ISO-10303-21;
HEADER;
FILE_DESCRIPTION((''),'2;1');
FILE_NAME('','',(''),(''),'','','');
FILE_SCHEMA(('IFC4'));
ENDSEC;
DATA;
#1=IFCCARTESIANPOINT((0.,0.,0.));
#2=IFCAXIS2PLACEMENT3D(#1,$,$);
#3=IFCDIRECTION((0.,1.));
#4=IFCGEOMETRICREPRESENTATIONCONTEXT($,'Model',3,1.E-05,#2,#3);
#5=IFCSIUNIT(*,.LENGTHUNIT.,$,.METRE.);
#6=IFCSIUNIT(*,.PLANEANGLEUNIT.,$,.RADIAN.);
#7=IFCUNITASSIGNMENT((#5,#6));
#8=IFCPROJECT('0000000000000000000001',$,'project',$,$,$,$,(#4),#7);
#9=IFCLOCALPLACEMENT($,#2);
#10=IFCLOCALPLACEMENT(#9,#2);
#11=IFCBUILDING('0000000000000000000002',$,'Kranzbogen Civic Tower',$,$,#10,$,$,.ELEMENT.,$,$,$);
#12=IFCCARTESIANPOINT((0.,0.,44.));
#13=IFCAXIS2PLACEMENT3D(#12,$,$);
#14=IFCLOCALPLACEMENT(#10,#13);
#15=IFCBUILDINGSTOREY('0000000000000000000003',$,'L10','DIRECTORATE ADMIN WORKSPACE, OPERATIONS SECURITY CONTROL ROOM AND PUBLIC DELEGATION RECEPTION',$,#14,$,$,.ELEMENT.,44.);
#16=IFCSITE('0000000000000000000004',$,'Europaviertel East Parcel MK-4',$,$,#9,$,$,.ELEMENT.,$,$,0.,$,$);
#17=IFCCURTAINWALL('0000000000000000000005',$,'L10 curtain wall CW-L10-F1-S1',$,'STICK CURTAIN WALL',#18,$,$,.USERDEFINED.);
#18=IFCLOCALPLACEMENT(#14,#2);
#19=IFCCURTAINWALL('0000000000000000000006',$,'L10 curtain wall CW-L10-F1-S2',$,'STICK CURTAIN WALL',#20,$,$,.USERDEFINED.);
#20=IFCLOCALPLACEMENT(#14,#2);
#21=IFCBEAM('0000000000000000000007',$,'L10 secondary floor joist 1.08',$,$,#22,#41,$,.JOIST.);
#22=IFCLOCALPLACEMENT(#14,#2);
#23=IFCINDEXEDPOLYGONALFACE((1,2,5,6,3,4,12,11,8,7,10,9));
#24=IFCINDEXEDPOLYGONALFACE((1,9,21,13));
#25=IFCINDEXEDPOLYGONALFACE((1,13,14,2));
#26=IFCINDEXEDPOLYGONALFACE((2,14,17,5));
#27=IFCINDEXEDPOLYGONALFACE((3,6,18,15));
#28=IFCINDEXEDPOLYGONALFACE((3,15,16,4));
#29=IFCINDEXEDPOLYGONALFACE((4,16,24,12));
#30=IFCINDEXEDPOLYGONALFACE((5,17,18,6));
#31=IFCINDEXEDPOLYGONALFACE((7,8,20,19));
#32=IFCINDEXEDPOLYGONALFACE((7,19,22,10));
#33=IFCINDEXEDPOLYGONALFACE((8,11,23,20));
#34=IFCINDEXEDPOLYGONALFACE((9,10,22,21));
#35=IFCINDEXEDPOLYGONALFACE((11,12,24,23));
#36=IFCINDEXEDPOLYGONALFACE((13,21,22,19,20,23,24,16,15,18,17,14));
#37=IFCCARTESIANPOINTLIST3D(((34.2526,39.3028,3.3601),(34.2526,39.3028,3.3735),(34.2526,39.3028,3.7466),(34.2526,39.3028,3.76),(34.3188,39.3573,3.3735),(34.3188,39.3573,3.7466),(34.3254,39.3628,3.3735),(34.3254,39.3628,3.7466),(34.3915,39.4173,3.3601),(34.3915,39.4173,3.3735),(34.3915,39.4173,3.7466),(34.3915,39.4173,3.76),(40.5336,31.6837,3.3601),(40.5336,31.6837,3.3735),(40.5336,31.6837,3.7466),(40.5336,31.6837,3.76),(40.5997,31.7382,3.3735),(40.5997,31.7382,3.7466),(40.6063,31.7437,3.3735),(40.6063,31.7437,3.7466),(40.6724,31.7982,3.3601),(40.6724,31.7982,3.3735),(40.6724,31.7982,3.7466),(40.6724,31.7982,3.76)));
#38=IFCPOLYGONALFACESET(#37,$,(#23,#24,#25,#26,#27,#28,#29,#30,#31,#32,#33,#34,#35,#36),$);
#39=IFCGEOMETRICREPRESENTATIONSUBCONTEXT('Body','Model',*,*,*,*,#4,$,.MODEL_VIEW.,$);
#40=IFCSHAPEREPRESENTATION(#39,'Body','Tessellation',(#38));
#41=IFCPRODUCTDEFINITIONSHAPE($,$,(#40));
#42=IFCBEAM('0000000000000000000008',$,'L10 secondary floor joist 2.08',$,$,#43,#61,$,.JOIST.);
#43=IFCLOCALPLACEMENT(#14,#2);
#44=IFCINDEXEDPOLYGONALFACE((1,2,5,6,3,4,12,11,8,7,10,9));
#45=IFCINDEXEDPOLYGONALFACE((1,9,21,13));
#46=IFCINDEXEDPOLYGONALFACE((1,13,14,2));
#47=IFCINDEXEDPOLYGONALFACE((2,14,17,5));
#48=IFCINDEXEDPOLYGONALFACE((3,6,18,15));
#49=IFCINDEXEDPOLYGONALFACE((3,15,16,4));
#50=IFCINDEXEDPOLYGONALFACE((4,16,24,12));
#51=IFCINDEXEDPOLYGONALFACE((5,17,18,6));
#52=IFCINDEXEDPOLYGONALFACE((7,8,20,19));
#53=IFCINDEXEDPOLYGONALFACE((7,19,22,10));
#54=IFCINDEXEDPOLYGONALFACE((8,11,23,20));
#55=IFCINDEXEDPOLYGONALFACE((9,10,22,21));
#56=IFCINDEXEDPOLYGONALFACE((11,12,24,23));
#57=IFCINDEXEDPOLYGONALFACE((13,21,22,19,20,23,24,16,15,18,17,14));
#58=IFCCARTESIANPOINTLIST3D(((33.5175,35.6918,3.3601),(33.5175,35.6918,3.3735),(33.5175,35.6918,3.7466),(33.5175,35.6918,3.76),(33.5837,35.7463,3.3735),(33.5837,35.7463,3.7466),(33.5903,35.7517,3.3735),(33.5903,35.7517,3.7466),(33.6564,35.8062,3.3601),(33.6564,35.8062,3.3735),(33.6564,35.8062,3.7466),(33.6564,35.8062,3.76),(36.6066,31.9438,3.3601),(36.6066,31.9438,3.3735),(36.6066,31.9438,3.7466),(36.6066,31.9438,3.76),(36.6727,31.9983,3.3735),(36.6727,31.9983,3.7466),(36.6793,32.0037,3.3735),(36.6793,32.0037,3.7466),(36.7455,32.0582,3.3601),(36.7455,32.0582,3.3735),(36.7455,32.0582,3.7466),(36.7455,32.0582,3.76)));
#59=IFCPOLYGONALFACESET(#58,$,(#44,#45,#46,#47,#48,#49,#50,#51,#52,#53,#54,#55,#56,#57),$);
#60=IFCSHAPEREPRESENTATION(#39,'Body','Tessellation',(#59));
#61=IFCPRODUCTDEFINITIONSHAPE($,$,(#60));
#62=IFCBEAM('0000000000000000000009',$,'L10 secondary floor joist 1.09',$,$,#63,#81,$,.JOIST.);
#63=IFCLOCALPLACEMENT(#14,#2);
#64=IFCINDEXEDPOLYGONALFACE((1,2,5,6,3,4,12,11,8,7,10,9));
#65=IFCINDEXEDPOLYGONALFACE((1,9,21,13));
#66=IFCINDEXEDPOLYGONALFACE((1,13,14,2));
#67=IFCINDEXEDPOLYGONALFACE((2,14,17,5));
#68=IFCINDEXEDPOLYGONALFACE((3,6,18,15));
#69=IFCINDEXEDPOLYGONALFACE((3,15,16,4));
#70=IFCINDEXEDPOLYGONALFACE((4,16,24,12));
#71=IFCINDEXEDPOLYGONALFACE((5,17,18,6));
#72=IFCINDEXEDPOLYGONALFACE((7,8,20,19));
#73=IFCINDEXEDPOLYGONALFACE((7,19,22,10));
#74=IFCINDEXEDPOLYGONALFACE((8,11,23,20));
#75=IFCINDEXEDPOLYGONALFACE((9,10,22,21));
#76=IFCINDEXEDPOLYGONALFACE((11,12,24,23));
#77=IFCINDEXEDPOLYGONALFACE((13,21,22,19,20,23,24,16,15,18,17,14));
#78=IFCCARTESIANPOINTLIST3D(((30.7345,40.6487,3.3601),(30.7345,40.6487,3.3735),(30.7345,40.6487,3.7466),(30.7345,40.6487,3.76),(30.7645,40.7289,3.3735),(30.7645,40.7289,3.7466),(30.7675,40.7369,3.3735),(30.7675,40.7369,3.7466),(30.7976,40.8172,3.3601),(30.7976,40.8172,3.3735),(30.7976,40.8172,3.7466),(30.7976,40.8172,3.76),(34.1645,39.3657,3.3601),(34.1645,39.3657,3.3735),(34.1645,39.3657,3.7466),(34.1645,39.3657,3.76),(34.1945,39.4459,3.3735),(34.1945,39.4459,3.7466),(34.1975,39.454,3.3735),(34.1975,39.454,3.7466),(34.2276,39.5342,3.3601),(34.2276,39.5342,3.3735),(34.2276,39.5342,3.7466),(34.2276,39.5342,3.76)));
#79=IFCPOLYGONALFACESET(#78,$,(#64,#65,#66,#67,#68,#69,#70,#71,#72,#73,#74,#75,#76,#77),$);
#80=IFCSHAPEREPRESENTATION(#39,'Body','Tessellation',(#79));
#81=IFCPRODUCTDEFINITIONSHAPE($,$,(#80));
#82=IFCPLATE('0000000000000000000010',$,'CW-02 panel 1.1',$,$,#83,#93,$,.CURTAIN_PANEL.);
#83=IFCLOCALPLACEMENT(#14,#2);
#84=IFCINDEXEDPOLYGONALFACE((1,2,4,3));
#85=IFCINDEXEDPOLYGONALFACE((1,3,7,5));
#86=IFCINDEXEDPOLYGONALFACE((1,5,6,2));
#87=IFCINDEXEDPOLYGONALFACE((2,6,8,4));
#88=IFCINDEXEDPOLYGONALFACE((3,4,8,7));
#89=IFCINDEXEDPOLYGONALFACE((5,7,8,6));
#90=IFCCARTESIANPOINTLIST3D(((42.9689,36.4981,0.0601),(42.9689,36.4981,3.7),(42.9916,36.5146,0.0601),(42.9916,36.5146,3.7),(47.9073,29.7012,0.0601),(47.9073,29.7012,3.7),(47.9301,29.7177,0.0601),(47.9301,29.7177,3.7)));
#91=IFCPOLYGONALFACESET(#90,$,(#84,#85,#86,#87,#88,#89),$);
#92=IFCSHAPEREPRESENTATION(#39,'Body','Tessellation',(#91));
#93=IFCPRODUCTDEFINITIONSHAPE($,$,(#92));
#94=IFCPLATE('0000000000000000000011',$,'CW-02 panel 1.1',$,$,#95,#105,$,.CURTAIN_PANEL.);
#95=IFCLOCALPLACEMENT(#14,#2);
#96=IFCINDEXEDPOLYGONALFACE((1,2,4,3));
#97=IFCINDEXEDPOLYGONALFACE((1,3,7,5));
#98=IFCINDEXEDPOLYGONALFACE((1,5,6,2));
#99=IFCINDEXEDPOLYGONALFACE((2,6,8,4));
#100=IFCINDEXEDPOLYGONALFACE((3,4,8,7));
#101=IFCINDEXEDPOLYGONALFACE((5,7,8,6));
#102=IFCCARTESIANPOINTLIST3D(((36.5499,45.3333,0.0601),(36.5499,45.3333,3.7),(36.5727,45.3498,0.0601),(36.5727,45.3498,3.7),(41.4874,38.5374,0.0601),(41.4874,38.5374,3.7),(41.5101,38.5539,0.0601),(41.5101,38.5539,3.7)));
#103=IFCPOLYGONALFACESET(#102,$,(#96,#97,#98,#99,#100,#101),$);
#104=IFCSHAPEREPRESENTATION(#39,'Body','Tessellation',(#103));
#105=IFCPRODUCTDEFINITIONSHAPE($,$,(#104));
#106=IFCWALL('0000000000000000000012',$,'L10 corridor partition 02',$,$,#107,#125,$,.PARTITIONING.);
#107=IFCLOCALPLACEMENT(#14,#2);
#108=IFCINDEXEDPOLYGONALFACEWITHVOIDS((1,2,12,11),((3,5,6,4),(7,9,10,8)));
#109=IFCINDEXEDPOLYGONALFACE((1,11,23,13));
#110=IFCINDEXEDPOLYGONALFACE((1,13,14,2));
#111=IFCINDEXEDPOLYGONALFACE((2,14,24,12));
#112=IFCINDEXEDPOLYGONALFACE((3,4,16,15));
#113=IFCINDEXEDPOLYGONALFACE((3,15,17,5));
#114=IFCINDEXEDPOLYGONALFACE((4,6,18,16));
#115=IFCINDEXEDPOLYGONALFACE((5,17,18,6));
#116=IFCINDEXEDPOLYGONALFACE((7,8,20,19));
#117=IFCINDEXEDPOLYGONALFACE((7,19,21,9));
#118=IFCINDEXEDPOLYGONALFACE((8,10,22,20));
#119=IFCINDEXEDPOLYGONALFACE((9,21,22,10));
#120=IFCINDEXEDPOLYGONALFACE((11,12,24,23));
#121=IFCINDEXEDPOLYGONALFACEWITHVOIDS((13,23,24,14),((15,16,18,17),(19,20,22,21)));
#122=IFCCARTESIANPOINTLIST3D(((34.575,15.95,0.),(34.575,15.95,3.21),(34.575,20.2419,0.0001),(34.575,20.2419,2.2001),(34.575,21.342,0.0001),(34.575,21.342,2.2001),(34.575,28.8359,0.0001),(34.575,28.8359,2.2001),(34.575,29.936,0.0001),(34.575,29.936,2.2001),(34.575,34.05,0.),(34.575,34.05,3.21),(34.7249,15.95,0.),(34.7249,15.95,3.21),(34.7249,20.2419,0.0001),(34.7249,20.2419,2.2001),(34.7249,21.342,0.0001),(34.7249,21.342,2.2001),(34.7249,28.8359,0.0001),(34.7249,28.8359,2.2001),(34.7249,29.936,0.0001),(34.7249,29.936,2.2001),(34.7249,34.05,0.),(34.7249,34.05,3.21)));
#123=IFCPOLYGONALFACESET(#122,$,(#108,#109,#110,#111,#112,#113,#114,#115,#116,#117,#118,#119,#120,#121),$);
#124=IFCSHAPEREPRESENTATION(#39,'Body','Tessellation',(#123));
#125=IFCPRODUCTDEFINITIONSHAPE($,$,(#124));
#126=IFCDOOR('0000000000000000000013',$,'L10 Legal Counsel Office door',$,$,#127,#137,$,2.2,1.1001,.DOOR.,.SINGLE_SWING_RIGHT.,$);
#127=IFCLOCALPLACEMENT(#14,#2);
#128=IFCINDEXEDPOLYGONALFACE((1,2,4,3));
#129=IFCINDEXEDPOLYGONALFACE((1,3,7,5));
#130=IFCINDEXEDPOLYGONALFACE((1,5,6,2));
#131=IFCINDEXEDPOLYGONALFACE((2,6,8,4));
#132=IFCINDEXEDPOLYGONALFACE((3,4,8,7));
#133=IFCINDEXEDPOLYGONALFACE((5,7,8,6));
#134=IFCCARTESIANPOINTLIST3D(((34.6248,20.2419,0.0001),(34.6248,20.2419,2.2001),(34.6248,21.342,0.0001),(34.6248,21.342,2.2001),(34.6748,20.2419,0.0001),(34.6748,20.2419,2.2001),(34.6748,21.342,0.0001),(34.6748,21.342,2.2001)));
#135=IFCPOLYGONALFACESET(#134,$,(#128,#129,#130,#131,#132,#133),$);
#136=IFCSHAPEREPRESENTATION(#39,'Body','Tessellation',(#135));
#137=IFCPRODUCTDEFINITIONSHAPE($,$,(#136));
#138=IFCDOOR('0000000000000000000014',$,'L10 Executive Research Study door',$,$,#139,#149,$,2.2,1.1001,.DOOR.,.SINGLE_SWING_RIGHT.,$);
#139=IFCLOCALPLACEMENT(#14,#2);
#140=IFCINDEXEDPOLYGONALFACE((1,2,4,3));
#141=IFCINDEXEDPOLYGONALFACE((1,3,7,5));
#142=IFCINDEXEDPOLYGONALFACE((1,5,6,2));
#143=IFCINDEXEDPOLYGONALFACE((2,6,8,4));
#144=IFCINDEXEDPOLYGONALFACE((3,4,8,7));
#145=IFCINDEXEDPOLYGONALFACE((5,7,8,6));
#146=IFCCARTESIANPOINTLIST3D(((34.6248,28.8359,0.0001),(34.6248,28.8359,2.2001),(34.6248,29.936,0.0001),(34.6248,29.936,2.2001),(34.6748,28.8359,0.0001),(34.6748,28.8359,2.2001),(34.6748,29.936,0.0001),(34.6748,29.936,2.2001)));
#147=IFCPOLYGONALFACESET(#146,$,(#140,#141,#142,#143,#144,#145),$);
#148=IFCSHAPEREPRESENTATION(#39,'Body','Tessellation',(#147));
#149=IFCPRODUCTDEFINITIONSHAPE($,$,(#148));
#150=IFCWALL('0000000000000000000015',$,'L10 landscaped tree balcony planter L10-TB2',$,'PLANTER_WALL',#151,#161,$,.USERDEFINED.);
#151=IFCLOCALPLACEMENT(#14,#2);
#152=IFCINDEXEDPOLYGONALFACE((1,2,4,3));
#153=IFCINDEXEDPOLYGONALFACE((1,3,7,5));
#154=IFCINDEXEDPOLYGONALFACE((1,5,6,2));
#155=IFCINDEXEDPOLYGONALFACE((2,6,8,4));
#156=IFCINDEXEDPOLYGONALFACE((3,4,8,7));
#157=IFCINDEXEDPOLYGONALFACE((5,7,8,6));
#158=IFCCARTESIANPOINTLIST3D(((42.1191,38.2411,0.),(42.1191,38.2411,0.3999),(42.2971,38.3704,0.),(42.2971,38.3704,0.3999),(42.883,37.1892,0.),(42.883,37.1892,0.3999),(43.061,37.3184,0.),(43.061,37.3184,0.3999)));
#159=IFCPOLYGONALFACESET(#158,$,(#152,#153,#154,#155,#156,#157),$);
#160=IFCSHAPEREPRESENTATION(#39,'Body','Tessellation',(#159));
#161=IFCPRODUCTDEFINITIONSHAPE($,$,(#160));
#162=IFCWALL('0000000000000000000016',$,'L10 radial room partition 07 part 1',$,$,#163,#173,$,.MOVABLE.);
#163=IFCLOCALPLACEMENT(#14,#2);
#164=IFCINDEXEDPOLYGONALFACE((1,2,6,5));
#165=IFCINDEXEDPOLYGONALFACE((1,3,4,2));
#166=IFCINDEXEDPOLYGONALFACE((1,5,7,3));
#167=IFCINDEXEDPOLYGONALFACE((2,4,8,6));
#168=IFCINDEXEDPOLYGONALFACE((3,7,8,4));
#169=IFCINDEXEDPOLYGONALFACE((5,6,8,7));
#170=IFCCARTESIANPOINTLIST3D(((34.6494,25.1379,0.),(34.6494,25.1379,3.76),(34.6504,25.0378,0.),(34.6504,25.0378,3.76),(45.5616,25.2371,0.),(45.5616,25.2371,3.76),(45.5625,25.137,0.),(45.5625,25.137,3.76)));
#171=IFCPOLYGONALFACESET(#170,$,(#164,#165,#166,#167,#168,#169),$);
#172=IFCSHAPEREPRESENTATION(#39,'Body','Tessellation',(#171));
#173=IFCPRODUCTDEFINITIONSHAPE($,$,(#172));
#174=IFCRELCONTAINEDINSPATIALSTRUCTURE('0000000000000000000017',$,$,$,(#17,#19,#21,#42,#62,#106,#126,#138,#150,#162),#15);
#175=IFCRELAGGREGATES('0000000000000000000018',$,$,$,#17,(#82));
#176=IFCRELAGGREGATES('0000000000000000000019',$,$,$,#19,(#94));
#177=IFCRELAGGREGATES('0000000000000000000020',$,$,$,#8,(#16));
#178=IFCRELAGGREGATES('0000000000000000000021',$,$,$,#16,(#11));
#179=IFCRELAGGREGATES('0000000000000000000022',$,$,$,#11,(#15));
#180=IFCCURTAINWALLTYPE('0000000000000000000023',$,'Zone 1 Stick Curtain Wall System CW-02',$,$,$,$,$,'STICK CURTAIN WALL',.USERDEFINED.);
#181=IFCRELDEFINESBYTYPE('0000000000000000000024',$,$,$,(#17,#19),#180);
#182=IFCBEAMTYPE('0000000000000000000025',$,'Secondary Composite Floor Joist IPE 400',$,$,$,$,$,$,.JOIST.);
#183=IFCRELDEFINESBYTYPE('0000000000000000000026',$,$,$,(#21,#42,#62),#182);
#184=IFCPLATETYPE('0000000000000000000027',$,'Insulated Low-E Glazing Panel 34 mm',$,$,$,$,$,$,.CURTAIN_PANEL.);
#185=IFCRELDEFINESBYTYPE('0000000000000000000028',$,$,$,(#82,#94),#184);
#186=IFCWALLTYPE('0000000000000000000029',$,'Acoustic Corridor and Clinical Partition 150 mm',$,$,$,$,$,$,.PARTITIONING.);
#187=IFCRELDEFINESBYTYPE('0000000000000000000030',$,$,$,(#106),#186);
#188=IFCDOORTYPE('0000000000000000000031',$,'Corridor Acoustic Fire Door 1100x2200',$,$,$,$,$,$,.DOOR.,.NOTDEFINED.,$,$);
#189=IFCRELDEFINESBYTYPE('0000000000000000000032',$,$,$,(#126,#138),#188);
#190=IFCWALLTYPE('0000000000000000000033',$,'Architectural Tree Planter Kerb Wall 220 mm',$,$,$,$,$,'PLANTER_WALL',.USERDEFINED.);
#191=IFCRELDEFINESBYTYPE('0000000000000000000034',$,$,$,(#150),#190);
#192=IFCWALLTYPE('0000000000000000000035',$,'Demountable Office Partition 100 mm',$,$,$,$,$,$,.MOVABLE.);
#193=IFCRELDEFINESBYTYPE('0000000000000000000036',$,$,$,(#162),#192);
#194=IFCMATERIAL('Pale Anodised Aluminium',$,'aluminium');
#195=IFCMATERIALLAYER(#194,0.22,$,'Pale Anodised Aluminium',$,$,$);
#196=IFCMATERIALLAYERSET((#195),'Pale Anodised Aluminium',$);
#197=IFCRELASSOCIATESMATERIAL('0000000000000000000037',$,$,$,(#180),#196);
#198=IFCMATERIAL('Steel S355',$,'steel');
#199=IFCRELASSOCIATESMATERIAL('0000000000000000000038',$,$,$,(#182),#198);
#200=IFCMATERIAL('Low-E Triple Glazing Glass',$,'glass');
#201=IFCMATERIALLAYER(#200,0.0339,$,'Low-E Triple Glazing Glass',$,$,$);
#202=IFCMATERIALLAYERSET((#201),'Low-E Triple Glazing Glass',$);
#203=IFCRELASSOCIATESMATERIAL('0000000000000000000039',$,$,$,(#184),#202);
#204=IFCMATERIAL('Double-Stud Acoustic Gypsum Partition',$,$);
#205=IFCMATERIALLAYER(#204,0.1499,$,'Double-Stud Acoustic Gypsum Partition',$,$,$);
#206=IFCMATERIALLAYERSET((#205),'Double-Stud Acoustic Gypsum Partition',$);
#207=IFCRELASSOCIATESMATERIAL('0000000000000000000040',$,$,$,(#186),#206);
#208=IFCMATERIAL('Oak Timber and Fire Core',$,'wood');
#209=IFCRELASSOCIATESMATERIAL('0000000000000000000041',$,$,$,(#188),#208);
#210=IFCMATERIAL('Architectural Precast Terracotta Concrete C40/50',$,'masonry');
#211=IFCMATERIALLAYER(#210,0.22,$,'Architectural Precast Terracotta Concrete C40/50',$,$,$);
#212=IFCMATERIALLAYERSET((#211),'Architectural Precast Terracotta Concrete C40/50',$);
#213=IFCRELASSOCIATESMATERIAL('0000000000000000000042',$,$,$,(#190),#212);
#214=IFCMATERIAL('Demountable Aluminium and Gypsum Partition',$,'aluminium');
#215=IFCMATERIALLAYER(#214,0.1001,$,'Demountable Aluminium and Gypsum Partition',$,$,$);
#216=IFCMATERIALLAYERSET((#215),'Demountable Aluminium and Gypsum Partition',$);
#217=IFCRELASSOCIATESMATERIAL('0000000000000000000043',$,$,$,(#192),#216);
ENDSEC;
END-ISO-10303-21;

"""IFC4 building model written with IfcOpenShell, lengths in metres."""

from ifc_helpers import new_model, si_unit, direction, frame, frame_2d, origin, origin_2d, place, context, subcontext, project, spatial, rectangle, i_section, extrude, material, layer, layer_set, material_profile, profile_set, type_object, element, fill, aggregate, save


model = new_model("IFC4")

# Units and contexts
model_context = context("Model", 3, precision=1e-05, world=origin(), true_north=direction((0.0, 1.0)))
body_context = subcontext(model_context, "Body", "Model", "MODEL_VIEW")
ifc_project = project(units=[si_unit("LENGTHUNIT", "METRE"), si_unit("PLANEANGLEUNIT", "RADIAN")], contexts=[model_context])

# Site, building, storey
site_placement = place(None, origin())
site = spatial("IfcSite", under=ifc_project, at=site_placement, Name="Europaviertel East Parcel MK-4", CompositionType="ELEMENT", RefElevation=0.0)
building_placement = place(site_placement, origin())
building = spatial("IfcBuilding", under=site, at=building_placement, Name="Kranzbogen Civic Tower", CompositionType="ELEMENT")
storey_placement = place(building_placement, frame((0.0, 0.0, 44.0)))
storey = spatial("IfcBuildingStorey", under=building, at=storey_placement, Name="L10", Description="DIRECTORATE ADMIN WORKSPACE, OPERATIONS SECURITY CONTROL ROOM AND PUBLIC DELEGATION RECEPTION", CompositionType="ELEMENT", Elevation=44.0)

# Curtain walls
ifc_material_1 = material(Name="Pale Anodised Aluminium", Category="aluminium")
ifc_layer_1 = layer(ifc_material_1, 0.22, Name="Pale Anodised Aluminium")
ifc_layer_set_1 = layer_set([ifc_layer_1], Name="Pale Anodised Aluminium")
curtain_wall_type = type_object("IfcCurtainWallType", Name="Zone 1 Stick Curtain Wall System CW-02", ElementType="STICK CURTAIN WALL", PredefinedType="USERDEFINED", material=ifc_layer_set_1)
curtain_wall_1_placement = place(storey_placement, origin())
curtain_wall_1 = element("IfcCurtainWall", 1, at=curtain_wall_1_placement, inside=storey, type_object=curtain_wall_type, Name="L10 curtain wall CW-L10-F1-S1", ObjectType="STICK CURTAIN WALL", PredefinedType="USERDEFINED")
curtain_wall_2_placement = place(storey_placement, origin())
curtain_wall_2 = element("IfcCurtainWall", 2, at=curtain_wall_2_placement, inside=storey, type_object=curtain_wall_type, Name="L10 curtain wall CW-L10-F1-S2", ObjectType="STICK CURTAIN WALL", PredefinedType="USERDEFINED")

# Beams
ifc_material_2 = material(Name="Steel S355", Category="steel")
ifc_material_profile_1 = material_profile(ifc_material_2, i_section(OverallWidth=0.1799, OverallDepth=0.3999, WebThickness=0.0085, FlangeThickness=0.0134, at=origin_2d()), Name="IPE 400")
ifc_profile_set_1 = profile_set([ifc_material_profile_1], Name="Steel S355")
beam_type_1 = type_object("IfcBeamType", Name="Secondary Composite Floor Joist IPE 400", PredefinedType="JOIST", material=ifc_profile_set_1)
beam_1_placement = place(storey_placement, frame((40.603, 31.741, 3.5601), z_axis=(-0.636095, 0.771611, 0.0), x_axis=(-0.771611, -0.636095, 0.0)))
element("IfcBeam", 3, at=beam_1_placement, inside=storey, type_object=beam_type_1, Name="L10 secondary floor joist 1.08", PredefinedType="JOIST", context=body_context, shape_type="SweptSolid", body=[
    extrude(i_section(OverallWidth=0.1799, OverallDepth=0.3999, WebThickness=0.0085, FlangeThickness=0.0134, at=origin_2d()), origin(), (0.0, 0.0, 1.0), 9.8743),
])
beam_2_placement = place(storey_placement, frame((36.676, 32.001, 3.5601), z_axis=(-0.636012, 0.771679, 0.0), x_axis=(-0.771679, -0.636012, 0.0)))
element("IfcBeam", 4, at=beam_2_placement, inside=storey, type_object=beam_type_1, Name="L10 secondary floor joist 2.08", PredefinedType="JOIST", context=body_context, shape_type="SweptSolid", body=[
    extrude(i_section(OverallWidth=0.1799, OverallDepth=0.3999, WebThickness=0.0085, FlangeThickness=0.0134, at=origin_2d()), origin(), (0.0, 0.0, 1.0), 4.8569),
])
beam_3_placement = place(storey_placement, frame((34.196, 39.45, 3.5601), z_axis=(-0.936622, 0.350342, 0.0), x_axis=(-0.350342, -0.936622, 0.0)))
element("IfcBeam", 5, at=beam_3_placement, inside=storey, type_object=beam_type_1, Name="L10 secondary floor joist 1.09", PredefinedType="JOIST", context=body_context, shape_type="SweptSolid", body=[
    extrude(i_section(OverallWidth=0.1799, OverallDepth=0.3999, WebThickness=0.0085, FlangeThickness=0.0134, at=origin_2d()), origin(), (0.0, 0.0, 1.0), 3.6621),
])

# Plates
ifc_material_3 = material(Name="Low-E Triple Glazing Glass", Category="glass")
ifc_layer_2 = layer(ifc_material_3, 0.0339, Name="Low-E Triple Glazing Glass")
ifc_layer_set_2 = layer_set([ifc_layer_2], Name="Low-E Triple Glazing Glass")
plate_type = type_object("IfcPlateType", Name="Insulated Low-E Glazing Panel 34 mm", PredefinedType="CURTAIN_PANEL", material=ifc_layer_set_2)
plate_1_placement = place(storey_placement, frame((45.4495, 33.1079, 0.0601), z_axis=(0.0, 0.0, 1.0), x_axis=(-0.587802, 0.809005, 0.0)))
plate_1 = element("IfcPlate", 6, at=plate_1_placement, type_object=plate_type, Name="CW-02 panel 1.1", PredefinedType="CURTAIN_PANEL", context=body_context, shape_type="SweptSolid", body=[
    extrude(rectangle(XDim=8.4016, YDim=0.0281, at=origin_2d()), origin(), (0.0, 0.0, 1.0), 3.6399),
])
aggregate(curtain_wall_1, [plate_1])
plate_2_placement = place(storey_placement, frame((39.03, 41.9436, 0.0601), z_axis=(0.0, 0.0, 1.0), x_axis=(-0.587781, 0.80902, 0.0)))
plate_2 = element("IfcPlate", 7, at=plate_2_placement, type_object=plate_type, Name="CW-02 panel 1.1", PredefinedType="CURTAIN_PANEL", context=body_context, shape_type="SweptSolid", body=[
    extrude(rectangle(XDim=8.4001, YDim=0.0281, at=origin_2d()), origin(), (0.0, 0.0, 1.0), 3.6399),
])
aggregate(curtain_wall_2, [plate_2])

# Wall, openings, doors
ifc_material_4 = material(Name="Double-Stud Acoustic Gypsum Partition")
ifc_layer_3 = layer(ifc_material_4, 0.1499, Name="Double-Stud Acoustic Gypsum Partition")
ifc_layer_set_3 = layer_set([ifc_layer_3], Name="Double-Stud Acoustic Gypsum Partition")
wall_type_1 = type_object("IfcWallType", Name="Acoustic Corridor and Clinical Partition 150 mm", PredefinedType="PARTITIONING", material=ifc_layer_set_3)
wall_1_placement = place(storey_placement, frame((34.6499, 34.05, 0.0), z_axis=(0.0, 0.0, 1.0), x_axis=(0.0, -1.0, 0.0)))
wall_1 = element("IfcWall", 8, at=wall_1_placement, inside=storey, type_object=wall_type_1, Name="L10 corridor partition 02", PredefinedType="PARTITIONING", context=body_context, shape_type="SweptSolid", body=[
    extrude(rectangle(XDim=18.1001, YDim=0.1499, at=frame_2d((9.05, 0.0))), origin(), (0.0, 0.0, 1.0), 3.21),
])
opening_1_placement = place(wall_1_placement, frame((12.708, 0.0, 0.0)))
opening_1 = element("IfcOpeningElement", 9, at=opening_1_placement, cuts=wall_1, PredefinedType="OPENING", context=body_context, shape_type="SweptSolid", body=[
    extrude(rectangle(XDim=1.1001, YDim=2.2, at=frame_2d((0.55, 1.1001))), frame((0.0, 0.085, 0.0), z_axis=(0.0, -1.0, 0.0), x_axis=(1.0, 0.0, 0.0)), (0.0, 0.0, 1.0), 0.1699),
])
opening_2_placement = place(wall_1_placement, frame((4.114, 0.0, 0.0)))
opening_2 = element("IfcOpeningElement", 10, at=opening_2_placement, cuts=wall_1, PredefinedType="OPENING", context=body_context, shape_type="SweptSolid", body=[
    extrude(rectangle(XDim=1.1001, YDim=2.2, at=frame_2d((0.55, 1.1001))), frame((0.0, 0.085, 0.0), z_axis=(0.0, -1.0, 0.0), x_axis=(1.0, 0.0, 0.0)), (0.0, 0.0, 1.0), 0.1699),
])
ifc_material_5 = material(Name="Oak Timber and Fire Core", Category="wood")
door_type_1 = type_object("IfcDoorType", Name="Corridor Acoustic Fire Door 1100x2200", OperationType="NOTDEFINED", PredefinedType="DOOR", material=ifc_material_5)
door_1_placement = place(opening_1_placement, origin())
door_1 = element("IfcDoor", 11, at=door_1_placement, inside=storey, type_object=door_type_1, Name="L10 Legal Counsel Office door", OperationType="SINGLE_SWING_RIGHT", OverallHeight=2.2, OverallWidth=1.1001, PredefinedType="DOOR", context=body_context, shape_type="SweptSolid", body=[
    extrude(rectangle(XDim=1.1001, YDim=2.2, at=frame_2d((0.55, 1.1001))), frame((0.0, 0.0249, 0.0), z_axis=(0.0, -1.0, 0.0), x_axis=(1.0, 0.0, 0.0)), (0.0, 0.0, 1.0), 0.05),
])
fill(opening_1, door_1)
door_2_placement = place(opening_2_placement, origin())
door_2 = element("IfcDoor", 12, at=door_2_placement, inside=storey, type_object=door_type_1, Name="L10 Executive Research Study door", OperationType="SINGLE_SWING_RIGHT", OverallHeight=2.2, OverallWidth=1.1001, PredefinedType="DOOR", context=body_context, shape_type="SweptSolid", body=[
    extrude(rectangle(XDim=1.1001, YDim=2.2, at=frame_2d((0.55, 1.1001))), frame((0.0, 0.0249, 0.0), z_axis=(0.0, -1.0, 0.0), x_axis=(1.0, 0.0, 0.0)), (0.0, 0.0, 1.0), 0.05),
])
fill(opening_2, door_2)

# Walls
ifc_material_6 = material(Name="Architectural Precast Terracotta Concrete C40/50", Category="masonry")
ifc_layer_4 = layer(ifc_material_6, 0.22, Name="Architectural Precast Terracotta Concrete C40/50")
ifc_layer_set_4 = layer_set([ifc_layer_4], Name="Architectural Precast Terracotta Concrete C40/50")
wall_type_2 = type_object("IfcWallType", Name="Architectural Tree Planter Kerb Wall 220 mm", ElementType="PLANTER_WALL", PredefinedType="USERDEFINED", material=ifc_layer_set_4)
wall_2_placement = place(storey_placement, frame((42.9719, 37.2539, 0.0), z_axis=(0.0, 0.0, 1.0), x_axis=(-0.58758, 0.809166, 0.0)))
element("IfcWall", 13, at=wall_2_placement, inside=storey, type_object=wall_type_2, Name="L10 landscaped tree balcony planter L10-TB2", ObjectType="PLANTER_WALL", PredefinedType="USERDEFINED", context=body_context, shape_type="SweptSolid", body=[
    extrude(rectangle(XDim=1.3, YDim=0.22, at=frame_2d((0.6499, 0.0))), origin(), (0.0, 0.0, 1.0), 0.3999),
])
ifc_material_7 = material(Name="Demountable Aluminium and Gypsum Partition", Category="aluminium")
ifc_layer_5 = layer(ifc_material_7, 0.1001, Name="Demountable Aluminium and Gypsum Partition")
ifc_layer_set_5 = layer_set([ifc_layer_5], Name="Demountable Aluminium and Gypsum Partition")
wall_type_3 = type_object("IfcWallType", Name="Demountable Office Partition 100 mm", PredefinedType="MOVABLE", material=ifc_layer_set_5)
wall_3_placement = place(storey_placement, frame((34.6499, 25.0879, 0.0), z_axis=(0.0, 0.0, 1.0), x_axis=(0.999959, 0.009083, 0.0)))
element("IfcWall", 14, at=wall_3_placement, inside=storey, type_object=wall_type_3, Name="L10 radial room partition 07 part 1", PredefinedType="MOVABLE", context=body_context, shape_type="SweptSolid", body=[
    extrude(rectangle(XDim=10.9126, YDim=0.1001, at=frame_2d((5.4563, 0.0))), origin(), (0.0, 0.0, 1.0), 3.76),
])

save(model, "model.ifc")
